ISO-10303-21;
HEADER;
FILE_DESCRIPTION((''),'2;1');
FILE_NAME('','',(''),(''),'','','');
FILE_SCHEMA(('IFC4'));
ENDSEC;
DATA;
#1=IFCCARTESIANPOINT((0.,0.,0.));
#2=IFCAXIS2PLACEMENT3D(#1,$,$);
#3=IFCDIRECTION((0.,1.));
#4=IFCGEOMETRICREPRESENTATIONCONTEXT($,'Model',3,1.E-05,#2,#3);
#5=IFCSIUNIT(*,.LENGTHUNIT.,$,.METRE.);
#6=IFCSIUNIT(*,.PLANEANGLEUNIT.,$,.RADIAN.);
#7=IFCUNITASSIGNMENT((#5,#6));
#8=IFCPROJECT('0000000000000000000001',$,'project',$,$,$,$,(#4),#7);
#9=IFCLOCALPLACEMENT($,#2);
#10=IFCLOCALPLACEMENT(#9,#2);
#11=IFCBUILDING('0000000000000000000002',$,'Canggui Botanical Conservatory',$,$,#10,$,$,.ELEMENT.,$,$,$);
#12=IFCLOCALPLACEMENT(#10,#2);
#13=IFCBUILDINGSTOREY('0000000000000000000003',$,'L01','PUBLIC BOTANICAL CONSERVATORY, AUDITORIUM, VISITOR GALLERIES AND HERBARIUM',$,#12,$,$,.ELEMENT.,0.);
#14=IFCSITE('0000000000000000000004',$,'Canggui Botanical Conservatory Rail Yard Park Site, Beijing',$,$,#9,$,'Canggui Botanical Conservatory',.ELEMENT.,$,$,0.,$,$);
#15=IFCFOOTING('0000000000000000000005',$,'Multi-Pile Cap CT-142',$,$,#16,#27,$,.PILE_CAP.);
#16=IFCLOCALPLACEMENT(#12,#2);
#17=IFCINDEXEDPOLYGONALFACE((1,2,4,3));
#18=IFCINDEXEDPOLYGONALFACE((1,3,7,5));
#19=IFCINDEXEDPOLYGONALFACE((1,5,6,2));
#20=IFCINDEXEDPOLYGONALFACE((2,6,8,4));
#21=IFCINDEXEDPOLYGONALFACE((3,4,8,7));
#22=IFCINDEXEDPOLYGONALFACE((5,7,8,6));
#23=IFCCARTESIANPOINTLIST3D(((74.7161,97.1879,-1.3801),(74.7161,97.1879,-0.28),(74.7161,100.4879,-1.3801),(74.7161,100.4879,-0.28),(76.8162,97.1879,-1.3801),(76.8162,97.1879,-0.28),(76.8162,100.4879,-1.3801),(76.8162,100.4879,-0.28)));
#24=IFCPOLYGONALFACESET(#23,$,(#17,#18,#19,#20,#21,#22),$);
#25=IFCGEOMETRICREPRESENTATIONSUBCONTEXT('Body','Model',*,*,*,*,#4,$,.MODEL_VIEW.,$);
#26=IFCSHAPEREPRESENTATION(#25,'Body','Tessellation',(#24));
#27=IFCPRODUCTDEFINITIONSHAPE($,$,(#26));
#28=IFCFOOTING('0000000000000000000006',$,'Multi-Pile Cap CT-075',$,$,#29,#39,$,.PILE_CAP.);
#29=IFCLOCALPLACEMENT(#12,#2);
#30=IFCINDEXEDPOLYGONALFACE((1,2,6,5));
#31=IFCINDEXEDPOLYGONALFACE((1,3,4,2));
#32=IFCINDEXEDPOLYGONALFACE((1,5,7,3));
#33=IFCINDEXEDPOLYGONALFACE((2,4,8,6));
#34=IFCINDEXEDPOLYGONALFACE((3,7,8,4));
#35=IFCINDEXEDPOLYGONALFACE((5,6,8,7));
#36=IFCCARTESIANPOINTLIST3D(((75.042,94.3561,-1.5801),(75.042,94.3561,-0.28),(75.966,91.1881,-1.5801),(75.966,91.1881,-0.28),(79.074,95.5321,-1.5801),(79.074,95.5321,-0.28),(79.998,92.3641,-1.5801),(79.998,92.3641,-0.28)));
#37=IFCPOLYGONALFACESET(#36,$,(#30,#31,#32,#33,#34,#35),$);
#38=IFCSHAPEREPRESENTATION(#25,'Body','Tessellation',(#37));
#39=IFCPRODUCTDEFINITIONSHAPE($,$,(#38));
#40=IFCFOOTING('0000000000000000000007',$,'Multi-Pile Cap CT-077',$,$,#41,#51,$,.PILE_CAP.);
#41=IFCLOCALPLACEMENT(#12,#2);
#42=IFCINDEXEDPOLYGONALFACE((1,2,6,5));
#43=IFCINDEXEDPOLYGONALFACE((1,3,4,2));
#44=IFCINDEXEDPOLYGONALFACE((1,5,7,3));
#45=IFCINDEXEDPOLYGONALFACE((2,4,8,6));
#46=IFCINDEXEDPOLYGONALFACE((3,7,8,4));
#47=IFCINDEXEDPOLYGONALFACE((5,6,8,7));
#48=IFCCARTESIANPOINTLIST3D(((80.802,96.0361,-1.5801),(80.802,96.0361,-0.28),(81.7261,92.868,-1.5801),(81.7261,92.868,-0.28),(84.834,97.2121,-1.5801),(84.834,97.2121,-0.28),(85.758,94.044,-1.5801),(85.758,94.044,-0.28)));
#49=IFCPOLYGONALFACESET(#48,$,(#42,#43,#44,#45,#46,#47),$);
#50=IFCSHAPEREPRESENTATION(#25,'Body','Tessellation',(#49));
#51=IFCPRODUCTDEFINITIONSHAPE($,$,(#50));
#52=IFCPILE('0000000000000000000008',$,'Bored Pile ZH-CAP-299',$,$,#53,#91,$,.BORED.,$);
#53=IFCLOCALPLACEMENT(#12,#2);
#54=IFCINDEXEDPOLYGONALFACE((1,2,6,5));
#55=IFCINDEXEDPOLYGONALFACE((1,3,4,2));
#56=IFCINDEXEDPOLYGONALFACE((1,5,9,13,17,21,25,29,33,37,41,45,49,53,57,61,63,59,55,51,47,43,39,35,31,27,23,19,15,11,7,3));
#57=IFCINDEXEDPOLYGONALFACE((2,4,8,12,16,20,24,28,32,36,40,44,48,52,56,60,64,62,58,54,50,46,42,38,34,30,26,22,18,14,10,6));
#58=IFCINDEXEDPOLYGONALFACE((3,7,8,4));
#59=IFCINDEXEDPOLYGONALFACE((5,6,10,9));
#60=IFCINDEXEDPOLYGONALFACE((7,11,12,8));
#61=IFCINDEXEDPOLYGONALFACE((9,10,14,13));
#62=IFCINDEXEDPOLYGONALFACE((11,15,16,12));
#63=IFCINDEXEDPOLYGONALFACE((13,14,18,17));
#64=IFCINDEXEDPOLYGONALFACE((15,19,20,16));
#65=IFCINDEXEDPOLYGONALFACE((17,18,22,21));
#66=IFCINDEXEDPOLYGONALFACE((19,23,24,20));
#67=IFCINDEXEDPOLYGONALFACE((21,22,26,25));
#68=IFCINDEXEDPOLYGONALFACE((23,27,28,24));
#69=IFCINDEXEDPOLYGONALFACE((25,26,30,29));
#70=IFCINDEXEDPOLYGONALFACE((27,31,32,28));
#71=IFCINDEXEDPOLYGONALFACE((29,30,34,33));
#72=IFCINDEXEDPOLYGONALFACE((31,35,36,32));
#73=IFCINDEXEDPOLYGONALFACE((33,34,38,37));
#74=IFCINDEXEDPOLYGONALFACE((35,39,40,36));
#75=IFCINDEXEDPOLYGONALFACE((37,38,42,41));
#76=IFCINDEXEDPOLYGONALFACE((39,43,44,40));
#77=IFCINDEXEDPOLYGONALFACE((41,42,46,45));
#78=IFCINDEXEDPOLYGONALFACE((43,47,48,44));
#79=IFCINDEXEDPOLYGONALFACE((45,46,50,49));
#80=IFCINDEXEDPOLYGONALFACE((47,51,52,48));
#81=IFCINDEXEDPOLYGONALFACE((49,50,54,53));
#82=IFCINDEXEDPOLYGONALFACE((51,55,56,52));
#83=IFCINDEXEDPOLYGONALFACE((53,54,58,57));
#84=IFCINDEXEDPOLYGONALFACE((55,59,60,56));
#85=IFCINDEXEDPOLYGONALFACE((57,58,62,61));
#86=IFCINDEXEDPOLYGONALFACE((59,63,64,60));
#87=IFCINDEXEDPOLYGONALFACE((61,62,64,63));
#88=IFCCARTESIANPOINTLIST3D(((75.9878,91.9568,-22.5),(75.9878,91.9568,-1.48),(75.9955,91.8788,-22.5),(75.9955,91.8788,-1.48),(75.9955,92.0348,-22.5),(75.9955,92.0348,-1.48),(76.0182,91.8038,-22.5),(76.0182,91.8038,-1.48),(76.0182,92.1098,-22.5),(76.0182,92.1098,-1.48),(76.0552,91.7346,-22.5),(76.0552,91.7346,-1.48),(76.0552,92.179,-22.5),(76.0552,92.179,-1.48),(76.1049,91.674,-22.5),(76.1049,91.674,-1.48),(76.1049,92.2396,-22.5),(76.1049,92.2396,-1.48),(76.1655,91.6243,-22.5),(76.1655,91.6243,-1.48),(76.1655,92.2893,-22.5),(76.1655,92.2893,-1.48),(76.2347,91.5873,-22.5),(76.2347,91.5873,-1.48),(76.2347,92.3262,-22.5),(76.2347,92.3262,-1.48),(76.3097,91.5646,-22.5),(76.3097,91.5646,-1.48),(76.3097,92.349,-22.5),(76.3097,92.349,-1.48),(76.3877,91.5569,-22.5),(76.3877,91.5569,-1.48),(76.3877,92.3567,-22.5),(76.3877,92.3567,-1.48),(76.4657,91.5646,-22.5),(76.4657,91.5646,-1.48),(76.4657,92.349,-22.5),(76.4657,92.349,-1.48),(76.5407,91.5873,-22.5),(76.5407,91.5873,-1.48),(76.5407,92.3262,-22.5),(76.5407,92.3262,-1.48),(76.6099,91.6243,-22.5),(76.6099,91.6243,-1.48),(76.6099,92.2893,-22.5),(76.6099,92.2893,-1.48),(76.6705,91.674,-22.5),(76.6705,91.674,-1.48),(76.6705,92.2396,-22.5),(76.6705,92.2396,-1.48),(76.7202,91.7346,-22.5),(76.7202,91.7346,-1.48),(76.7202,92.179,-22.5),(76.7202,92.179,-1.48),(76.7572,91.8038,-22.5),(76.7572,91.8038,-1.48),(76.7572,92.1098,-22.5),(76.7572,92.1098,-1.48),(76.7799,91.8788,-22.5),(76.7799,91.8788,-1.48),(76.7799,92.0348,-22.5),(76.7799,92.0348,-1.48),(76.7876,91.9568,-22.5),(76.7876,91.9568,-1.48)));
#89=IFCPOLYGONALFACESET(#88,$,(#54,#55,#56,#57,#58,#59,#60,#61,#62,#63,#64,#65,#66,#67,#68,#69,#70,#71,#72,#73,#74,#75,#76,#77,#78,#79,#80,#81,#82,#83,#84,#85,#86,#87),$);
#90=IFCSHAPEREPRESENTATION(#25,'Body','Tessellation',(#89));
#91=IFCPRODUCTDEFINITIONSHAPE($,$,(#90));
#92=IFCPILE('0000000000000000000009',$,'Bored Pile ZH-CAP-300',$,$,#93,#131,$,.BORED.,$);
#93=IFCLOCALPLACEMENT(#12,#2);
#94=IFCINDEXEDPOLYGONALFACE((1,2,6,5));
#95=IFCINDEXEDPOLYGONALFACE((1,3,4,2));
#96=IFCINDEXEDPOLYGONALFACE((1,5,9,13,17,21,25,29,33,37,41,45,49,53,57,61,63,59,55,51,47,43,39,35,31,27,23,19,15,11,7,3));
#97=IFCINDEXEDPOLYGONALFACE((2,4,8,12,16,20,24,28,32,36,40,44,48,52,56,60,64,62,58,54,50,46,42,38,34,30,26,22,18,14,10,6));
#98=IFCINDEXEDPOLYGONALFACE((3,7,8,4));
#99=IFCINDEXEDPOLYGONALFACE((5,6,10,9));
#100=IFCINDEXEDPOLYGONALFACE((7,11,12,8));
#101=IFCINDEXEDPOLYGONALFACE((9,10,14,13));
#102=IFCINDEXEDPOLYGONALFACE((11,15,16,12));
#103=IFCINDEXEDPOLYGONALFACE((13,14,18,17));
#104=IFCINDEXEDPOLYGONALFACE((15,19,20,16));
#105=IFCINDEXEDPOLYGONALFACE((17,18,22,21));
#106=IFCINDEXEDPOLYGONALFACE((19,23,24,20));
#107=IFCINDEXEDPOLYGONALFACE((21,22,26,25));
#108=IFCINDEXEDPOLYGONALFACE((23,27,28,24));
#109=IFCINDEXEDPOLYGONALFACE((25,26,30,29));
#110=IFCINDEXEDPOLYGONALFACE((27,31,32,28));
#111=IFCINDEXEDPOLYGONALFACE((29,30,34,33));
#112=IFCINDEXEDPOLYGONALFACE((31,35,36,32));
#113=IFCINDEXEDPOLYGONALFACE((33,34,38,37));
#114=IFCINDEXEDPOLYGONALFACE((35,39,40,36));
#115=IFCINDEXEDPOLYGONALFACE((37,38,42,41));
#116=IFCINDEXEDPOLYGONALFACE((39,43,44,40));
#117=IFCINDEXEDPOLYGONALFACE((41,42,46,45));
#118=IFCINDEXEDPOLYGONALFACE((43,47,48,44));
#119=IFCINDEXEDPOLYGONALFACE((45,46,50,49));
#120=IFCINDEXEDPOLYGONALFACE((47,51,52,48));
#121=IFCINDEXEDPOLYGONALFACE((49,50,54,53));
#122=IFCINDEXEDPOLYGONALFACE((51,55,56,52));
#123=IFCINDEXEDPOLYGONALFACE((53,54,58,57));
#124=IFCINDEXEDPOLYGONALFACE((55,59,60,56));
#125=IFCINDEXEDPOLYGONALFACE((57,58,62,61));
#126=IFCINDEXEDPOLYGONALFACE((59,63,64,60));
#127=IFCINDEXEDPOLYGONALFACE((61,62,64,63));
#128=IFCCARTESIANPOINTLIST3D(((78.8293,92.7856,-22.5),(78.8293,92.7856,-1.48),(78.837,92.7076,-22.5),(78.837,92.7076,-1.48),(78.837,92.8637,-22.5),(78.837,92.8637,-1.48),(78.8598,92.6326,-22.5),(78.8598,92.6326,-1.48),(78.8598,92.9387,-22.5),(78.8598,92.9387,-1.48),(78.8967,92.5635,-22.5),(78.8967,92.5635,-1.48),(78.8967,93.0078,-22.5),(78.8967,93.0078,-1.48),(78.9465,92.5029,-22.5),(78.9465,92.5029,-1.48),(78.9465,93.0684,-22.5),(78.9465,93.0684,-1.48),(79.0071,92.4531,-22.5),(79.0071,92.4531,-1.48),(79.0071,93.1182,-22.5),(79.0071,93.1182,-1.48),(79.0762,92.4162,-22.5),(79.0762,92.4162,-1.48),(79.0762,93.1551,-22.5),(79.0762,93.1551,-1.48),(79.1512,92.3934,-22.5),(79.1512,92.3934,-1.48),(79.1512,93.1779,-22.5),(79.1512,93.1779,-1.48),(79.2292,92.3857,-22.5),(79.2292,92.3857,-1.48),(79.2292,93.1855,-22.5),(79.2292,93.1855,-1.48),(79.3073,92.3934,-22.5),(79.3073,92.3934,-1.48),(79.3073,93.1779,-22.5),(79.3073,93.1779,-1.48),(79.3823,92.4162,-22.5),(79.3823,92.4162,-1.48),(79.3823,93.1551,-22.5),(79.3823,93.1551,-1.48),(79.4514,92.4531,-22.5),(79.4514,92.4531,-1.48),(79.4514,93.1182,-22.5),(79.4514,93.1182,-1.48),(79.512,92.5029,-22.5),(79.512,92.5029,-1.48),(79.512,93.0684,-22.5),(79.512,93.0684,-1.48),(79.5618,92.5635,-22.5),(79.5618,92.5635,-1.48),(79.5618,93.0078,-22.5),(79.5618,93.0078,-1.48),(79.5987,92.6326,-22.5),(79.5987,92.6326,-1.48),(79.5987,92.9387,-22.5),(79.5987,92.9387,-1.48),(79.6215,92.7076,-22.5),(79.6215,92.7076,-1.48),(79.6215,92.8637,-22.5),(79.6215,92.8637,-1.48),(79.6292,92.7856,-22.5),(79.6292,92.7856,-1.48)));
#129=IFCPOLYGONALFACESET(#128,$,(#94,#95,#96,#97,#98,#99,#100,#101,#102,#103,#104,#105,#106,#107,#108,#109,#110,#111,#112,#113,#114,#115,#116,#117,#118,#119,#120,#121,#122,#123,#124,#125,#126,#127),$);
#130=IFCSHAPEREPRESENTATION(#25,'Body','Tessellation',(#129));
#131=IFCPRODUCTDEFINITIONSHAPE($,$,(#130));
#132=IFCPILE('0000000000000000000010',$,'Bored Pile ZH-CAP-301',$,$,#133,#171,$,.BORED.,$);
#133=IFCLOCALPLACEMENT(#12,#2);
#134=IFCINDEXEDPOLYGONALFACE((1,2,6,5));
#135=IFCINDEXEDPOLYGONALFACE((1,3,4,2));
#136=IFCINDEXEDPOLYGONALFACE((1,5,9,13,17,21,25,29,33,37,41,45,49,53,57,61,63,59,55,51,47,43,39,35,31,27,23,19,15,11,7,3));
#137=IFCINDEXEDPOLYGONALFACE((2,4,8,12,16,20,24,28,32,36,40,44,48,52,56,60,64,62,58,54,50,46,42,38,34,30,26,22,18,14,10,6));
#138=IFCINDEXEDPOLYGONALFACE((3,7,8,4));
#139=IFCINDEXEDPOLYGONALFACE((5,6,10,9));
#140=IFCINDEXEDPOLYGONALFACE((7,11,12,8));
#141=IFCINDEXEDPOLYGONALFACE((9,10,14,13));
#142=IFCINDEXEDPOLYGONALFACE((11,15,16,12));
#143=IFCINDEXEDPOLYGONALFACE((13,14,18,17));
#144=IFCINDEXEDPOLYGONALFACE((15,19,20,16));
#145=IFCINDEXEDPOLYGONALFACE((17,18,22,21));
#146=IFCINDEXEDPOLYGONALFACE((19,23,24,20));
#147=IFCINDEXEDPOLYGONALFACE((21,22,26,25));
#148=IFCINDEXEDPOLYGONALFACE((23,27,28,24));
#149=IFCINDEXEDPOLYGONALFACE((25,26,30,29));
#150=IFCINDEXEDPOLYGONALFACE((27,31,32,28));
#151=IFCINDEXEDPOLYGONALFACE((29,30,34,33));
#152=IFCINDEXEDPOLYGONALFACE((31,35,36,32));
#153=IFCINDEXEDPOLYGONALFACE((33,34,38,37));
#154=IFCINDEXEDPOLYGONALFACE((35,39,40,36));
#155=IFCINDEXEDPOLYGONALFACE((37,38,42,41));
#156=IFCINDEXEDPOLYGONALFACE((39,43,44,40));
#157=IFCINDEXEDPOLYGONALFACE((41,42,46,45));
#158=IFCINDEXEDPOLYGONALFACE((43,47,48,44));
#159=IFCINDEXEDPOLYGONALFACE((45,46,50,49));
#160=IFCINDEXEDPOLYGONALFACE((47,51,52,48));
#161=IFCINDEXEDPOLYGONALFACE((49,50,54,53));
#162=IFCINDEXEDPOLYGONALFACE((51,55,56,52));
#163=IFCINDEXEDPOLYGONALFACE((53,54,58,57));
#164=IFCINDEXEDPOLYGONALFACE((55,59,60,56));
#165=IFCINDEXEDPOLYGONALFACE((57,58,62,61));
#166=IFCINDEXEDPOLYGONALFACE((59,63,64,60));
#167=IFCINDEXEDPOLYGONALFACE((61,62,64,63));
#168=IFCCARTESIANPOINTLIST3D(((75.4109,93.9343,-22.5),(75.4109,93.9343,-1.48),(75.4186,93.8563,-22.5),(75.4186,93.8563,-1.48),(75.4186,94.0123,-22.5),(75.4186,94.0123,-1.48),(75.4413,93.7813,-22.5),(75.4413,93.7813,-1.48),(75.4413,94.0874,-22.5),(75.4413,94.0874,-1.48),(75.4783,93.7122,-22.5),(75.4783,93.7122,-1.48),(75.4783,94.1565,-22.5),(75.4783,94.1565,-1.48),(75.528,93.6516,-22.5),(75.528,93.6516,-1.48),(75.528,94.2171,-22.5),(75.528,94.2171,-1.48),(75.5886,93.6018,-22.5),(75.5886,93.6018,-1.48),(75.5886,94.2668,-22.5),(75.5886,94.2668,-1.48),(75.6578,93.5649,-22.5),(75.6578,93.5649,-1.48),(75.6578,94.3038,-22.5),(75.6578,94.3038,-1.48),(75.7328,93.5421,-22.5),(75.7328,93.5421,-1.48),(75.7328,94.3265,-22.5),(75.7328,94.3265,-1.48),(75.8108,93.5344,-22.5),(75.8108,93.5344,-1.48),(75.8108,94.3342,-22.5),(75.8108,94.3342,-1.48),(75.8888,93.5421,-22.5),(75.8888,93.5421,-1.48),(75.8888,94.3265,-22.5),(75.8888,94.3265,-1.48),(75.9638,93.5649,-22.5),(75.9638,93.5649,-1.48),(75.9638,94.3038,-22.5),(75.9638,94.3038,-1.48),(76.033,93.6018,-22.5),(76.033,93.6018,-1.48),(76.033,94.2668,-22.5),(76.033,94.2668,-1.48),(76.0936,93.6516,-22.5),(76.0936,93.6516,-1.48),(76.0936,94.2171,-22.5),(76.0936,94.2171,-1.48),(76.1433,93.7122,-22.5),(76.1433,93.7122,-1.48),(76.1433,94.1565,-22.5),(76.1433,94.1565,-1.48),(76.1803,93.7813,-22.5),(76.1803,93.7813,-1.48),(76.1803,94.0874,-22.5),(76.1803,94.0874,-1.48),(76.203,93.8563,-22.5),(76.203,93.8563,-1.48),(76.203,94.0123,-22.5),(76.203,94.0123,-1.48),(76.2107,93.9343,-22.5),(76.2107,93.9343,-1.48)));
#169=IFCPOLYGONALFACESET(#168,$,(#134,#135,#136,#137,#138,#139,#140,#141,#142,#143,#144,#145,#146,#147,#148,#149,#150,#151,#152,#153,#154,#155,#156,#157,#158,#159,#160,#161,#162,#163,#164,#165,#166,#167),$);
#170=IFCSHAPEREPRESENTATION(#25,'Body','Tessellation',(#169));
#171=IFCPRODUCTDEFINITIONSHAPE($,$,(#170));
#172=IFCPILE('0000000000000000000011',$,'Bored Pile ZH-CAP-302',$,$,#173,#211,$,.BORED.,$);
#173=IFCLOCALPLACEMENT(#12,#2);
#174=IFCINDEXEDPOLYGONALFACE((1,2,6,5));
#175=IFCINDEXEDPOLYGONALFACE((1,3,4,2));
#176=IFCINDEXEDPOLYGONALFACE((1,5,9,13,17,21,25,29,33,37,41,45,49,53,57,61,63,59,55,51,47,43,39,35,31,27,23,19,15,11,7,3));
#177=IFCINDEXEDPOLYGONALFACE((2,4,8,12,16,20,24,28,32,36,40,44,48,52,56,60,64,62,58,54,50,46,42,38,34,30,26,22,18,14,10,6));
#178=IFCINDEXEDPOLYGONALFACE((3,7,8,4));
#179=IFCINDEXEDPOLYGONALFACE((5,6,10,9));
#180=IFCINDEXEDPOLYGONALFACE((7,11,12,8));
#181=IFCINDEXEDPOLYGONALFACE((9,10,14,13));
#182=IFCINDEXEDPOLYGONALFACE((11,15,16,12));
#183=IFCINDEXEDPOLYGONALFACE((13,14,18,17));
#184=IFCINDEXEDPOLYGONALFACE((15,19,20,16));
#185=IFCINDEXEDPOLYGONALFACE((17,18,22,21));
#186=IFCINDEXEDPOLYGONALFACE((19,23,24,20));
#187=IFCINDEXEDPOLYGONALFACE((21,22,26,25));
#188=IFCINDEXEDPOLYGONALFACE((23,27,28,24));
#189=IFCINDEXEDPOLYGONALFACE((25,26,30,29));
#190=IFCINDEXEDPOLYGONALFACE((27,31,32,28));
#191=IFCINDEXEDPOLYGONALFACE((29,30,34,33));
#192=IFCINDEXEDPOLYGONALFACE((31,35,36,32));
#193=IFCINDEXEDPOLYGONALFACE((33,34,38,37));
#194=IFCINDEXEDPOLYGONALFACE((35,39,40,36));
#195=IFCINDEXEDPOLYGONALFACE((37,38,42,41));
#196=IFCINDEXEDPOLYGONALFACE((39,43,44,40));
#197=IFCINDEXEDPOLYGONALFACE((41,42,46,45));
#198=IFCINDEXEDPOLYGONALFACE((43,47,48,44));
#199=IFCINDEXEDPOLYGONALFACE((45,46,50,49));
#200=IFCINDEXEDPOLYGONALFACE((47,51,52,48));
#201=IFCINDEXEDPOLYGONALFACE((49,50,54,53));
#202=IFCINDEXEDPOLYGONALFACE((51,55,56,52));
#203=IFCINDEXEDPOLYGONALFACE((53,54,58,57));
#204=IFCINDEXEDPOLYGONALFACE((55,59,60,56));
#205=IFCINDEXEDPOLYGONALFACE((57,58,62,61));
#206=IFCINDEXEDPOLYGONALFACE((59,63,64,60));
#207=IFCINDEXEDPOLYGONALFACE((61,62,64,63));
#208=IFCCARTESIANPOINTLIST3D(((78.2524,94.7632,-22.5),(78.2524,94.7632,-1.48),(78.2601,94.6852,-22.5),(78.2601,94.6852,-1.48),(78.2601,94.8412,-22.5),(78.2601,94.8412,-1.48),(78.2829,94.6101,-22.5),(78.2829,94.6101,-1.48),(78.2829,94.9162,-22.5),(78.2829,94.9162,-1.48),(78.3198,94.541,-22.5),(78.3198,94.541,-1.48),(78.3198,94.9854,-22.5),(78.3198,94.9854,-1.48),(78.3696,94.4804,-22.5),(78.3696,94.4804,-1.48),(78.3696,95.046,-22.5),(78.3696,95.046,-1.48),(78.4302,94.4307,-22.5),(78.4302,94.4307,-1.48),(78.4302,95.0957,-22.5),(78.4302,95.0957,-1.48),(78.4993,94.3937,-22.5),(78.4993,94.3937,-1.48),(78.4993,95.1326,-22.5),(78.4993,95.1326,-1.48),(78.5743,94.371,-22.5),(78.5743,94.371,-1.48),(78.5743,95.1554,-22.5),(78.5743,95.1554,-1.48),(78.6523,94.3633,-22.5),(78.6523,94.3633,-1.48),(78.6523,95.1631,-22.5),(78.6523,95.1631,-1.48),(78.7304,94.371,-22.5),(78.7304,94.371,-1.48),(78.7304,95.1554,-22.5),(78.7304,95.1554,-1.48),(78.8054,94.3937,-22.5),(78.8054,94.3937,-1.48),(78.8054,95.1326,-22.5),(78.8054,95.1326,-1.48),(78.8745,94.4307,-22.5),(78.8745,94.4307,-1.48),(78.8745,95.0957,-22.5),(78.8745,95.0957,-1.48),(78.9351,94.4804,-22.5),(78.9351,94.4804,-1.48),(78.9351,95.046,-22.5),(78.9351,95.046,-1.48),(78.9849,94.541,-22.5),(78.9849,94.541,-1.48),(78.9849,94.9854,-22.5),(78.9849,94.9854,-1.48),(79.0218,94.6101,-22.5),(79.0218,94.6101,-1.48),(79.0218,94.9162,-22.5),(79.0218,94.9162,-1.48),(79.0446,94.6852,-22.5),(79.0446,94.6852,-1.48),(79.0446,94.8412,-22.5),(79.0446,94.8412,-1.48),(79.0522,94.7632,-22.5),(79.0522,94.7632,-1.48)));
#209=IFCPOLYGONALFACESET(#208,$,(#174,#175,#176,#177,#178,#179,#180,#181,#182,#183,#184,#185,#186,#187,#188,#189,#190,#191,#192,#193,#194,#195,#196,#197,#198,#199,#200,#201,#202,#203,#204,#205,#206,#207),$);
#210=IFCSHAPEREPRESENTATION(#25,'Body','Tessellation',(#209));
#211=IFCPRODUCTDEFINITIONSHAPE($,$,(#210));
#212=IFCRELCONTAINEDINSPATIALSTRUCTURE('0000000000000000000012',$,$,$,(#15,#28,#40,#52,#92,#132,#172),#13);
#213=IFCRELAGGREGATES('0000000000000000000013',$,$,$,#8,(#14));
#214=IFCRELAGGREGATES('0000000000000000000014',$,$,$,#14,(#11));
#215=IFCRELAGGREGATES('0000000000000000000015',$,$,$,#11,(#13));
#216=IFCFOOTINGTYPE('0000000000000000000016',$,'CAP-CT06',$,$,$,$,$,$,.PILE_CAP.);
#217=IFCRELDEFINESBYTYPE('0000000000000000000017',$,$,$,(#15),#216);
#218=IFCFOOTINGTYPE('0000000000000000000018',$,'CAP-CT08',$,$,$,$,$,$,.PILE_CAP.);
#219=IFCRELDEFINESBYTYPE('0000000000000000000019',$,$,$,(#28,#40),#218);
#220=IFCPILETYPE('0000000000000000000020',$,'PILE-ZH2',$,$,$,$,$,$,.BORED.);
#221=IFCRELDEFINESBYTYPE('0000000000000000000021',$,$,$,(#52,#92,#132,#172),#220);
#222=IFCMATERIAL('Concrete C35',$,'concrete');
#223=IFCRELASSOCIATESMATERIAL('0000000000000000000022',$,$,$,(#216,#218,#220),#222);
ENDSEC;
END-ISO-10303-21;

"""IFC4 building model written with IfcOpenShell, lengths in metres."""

from ifc_helpers import new_model, si_unit, direction, frame, origin, origin_2d, place, context, subcontext, project, spatial, rectangle, circle, extrude, material, material_profile, profile_set, type_object, element, save


model = new_model("IFC4")

# Units and contexts
model_context = context("Model", 3, precision=1e-05, world=origin(), true_north=direction((0.0, 1.0)))
body_context = subcontext(model_context, "Body", "Model", "MODEL_VIEW")
ifc_project = project(units=[si_unit("LENGTHUNIT", "METRE"), si_unit("PLANEANGLEUNIT", "RADIAN")], contexts=[model_context])

# Site, building, storey
site_placement = place(None, origin())
site = spatial("IfcSite", under=ifc_project, at=site_placement, Name="Canggui Botanical Conservatory Rail Yard Park Site, Beijing", LongName="Canggui Botanical Conservatory", CompositionType="ELEMENT", RefElevation=0.0)
building_placement = place(site_placement, origin())
building = spatial("IfcBuilding", under=site, at=building_placement, Name="Canggui Botanical Conservatory", CompositionType="ELEMENT")
storey_placement = place(building_placement, origin())
storey = spatial("IfcBuildingStorey", under=building, at=storey_placement, Name="L01", Description="PUBLIC BOTANICAL CONSERVATORY, AUDITORIUM, VISITOR GALLERIES AND HERBARIUM", CompositionType="ELEMENT", Elevation=0.0)

# Footings
ifc_material_1 = material(Name="Concrete C35", Category="concrete")
footing_type_1 = type_object("IfcFootingType", Name="CAP-CT06", PredefinedType="PILE_CAP", material=ifc_material_1)
footing_placement = place(storey_placement, frame((75.7661, 98.8379, -1.3801), z_axis=(0.0, 0.0, 1.0), x_axis=(0.0, 1.0, 0.0)))
element("IfcFooting", 1, at=footing_placement, inside=storey, type_object=footing_type_1, Name="Multi-Pile Cap CT-142", PredefinedType="PILE_CAP", context=body_context, shape_type="SweptSolid", body=[
    extrude(rectangle(XDim=3.3, YDim=2.1001, at=origin_2d()), origin(), (0.0, 0.0, 1.0), 1.1001),
])
footing_type_2 = type_object("IfcFootingType", Name="CAP-CT08", PredefinedType="PILE_CAP", material=ifc_material_1)
for number, where, z_axis, x_axis, name in (
    (2, (77.52, 93.3601, -1.5801), (0.0, 0.0, 1.0), (0.96, 0.28, 0.0), "Multi-Pile Cap CT-075"),
    (3, (83.28, 95.04, -1.5801), (0.0, 0.0, 1.0), (0.96, 0.28, 0.0), "Multi-Pile Cap CT-077"),
):
    element("IfcFooting", number, at=place(storey_placement, frame(where, z_axis=z_axis, x_axis=x_axis)), inside=storey, type_object=footing_type_2, Name=name, PredefinedType="PILE_CAP", context=body_context, shape_type="SweptSolid", body=[
        extrude(rectangle(XDim=4.2, YDim=3.3, at=origin_2d()), origin(), (0.0, 0.0, 1.0), 1.3),
    ])

# Piles
ifc_material_profile_1 = material_profile(ifc_material_1, circle(Radius=0.3999, at=origin_2d()), Name="PILE D800")
ifc_profile_set_1 = profile_set([ifc_material_profile_1], Name="Concrete C35")
pile_type = type_object("IfcPileType", Name="PILE-ZH2", PredefinedType="BORED", material=ifc_profile_set_1)
for number, where, z_axis, x_axis, name in (
    (4, (76.3877, 91.9568, -1.48), (0.0, 0.0, -1.0), (1.0, 0.0, 0.0), "Bored Pile ZH-CAP-299"),
    (5, (79.2292, 92.7856, -1.48), (0.0, 0.0, -1.0), (1.0, 0.0, 0.0), "Bored Pile ZH-CAP-300"),
    (6, (75.8108, 93.9343, -1.48), (0.0, 0.0, -1.0), (1.0, 0.0, 0.0), "Bored Pile ZH-CAP-301"),
    (7, (78.6523, 94.7632, -1.48), (0.0, 0.0, -1.0), (1.0, 0.0, 0.0), "Bored Pile ZH-CAP-302"),
):
    element("IfcPile", number, at=place(storey_placement, frame(where, z_axis=z_axis, x_axis=x_axis)), inside=storey, type_object=pile_type, Name=name, PredefinedType="BORED", context=body_context, shape_type="SweptSolid", body=[
        extrude(circle(Radius=0.3999, at=origin_2d()), origin(), (0.0, 0.0, 1.0), 21.02),
    ])

save(model, "model.ifc")
